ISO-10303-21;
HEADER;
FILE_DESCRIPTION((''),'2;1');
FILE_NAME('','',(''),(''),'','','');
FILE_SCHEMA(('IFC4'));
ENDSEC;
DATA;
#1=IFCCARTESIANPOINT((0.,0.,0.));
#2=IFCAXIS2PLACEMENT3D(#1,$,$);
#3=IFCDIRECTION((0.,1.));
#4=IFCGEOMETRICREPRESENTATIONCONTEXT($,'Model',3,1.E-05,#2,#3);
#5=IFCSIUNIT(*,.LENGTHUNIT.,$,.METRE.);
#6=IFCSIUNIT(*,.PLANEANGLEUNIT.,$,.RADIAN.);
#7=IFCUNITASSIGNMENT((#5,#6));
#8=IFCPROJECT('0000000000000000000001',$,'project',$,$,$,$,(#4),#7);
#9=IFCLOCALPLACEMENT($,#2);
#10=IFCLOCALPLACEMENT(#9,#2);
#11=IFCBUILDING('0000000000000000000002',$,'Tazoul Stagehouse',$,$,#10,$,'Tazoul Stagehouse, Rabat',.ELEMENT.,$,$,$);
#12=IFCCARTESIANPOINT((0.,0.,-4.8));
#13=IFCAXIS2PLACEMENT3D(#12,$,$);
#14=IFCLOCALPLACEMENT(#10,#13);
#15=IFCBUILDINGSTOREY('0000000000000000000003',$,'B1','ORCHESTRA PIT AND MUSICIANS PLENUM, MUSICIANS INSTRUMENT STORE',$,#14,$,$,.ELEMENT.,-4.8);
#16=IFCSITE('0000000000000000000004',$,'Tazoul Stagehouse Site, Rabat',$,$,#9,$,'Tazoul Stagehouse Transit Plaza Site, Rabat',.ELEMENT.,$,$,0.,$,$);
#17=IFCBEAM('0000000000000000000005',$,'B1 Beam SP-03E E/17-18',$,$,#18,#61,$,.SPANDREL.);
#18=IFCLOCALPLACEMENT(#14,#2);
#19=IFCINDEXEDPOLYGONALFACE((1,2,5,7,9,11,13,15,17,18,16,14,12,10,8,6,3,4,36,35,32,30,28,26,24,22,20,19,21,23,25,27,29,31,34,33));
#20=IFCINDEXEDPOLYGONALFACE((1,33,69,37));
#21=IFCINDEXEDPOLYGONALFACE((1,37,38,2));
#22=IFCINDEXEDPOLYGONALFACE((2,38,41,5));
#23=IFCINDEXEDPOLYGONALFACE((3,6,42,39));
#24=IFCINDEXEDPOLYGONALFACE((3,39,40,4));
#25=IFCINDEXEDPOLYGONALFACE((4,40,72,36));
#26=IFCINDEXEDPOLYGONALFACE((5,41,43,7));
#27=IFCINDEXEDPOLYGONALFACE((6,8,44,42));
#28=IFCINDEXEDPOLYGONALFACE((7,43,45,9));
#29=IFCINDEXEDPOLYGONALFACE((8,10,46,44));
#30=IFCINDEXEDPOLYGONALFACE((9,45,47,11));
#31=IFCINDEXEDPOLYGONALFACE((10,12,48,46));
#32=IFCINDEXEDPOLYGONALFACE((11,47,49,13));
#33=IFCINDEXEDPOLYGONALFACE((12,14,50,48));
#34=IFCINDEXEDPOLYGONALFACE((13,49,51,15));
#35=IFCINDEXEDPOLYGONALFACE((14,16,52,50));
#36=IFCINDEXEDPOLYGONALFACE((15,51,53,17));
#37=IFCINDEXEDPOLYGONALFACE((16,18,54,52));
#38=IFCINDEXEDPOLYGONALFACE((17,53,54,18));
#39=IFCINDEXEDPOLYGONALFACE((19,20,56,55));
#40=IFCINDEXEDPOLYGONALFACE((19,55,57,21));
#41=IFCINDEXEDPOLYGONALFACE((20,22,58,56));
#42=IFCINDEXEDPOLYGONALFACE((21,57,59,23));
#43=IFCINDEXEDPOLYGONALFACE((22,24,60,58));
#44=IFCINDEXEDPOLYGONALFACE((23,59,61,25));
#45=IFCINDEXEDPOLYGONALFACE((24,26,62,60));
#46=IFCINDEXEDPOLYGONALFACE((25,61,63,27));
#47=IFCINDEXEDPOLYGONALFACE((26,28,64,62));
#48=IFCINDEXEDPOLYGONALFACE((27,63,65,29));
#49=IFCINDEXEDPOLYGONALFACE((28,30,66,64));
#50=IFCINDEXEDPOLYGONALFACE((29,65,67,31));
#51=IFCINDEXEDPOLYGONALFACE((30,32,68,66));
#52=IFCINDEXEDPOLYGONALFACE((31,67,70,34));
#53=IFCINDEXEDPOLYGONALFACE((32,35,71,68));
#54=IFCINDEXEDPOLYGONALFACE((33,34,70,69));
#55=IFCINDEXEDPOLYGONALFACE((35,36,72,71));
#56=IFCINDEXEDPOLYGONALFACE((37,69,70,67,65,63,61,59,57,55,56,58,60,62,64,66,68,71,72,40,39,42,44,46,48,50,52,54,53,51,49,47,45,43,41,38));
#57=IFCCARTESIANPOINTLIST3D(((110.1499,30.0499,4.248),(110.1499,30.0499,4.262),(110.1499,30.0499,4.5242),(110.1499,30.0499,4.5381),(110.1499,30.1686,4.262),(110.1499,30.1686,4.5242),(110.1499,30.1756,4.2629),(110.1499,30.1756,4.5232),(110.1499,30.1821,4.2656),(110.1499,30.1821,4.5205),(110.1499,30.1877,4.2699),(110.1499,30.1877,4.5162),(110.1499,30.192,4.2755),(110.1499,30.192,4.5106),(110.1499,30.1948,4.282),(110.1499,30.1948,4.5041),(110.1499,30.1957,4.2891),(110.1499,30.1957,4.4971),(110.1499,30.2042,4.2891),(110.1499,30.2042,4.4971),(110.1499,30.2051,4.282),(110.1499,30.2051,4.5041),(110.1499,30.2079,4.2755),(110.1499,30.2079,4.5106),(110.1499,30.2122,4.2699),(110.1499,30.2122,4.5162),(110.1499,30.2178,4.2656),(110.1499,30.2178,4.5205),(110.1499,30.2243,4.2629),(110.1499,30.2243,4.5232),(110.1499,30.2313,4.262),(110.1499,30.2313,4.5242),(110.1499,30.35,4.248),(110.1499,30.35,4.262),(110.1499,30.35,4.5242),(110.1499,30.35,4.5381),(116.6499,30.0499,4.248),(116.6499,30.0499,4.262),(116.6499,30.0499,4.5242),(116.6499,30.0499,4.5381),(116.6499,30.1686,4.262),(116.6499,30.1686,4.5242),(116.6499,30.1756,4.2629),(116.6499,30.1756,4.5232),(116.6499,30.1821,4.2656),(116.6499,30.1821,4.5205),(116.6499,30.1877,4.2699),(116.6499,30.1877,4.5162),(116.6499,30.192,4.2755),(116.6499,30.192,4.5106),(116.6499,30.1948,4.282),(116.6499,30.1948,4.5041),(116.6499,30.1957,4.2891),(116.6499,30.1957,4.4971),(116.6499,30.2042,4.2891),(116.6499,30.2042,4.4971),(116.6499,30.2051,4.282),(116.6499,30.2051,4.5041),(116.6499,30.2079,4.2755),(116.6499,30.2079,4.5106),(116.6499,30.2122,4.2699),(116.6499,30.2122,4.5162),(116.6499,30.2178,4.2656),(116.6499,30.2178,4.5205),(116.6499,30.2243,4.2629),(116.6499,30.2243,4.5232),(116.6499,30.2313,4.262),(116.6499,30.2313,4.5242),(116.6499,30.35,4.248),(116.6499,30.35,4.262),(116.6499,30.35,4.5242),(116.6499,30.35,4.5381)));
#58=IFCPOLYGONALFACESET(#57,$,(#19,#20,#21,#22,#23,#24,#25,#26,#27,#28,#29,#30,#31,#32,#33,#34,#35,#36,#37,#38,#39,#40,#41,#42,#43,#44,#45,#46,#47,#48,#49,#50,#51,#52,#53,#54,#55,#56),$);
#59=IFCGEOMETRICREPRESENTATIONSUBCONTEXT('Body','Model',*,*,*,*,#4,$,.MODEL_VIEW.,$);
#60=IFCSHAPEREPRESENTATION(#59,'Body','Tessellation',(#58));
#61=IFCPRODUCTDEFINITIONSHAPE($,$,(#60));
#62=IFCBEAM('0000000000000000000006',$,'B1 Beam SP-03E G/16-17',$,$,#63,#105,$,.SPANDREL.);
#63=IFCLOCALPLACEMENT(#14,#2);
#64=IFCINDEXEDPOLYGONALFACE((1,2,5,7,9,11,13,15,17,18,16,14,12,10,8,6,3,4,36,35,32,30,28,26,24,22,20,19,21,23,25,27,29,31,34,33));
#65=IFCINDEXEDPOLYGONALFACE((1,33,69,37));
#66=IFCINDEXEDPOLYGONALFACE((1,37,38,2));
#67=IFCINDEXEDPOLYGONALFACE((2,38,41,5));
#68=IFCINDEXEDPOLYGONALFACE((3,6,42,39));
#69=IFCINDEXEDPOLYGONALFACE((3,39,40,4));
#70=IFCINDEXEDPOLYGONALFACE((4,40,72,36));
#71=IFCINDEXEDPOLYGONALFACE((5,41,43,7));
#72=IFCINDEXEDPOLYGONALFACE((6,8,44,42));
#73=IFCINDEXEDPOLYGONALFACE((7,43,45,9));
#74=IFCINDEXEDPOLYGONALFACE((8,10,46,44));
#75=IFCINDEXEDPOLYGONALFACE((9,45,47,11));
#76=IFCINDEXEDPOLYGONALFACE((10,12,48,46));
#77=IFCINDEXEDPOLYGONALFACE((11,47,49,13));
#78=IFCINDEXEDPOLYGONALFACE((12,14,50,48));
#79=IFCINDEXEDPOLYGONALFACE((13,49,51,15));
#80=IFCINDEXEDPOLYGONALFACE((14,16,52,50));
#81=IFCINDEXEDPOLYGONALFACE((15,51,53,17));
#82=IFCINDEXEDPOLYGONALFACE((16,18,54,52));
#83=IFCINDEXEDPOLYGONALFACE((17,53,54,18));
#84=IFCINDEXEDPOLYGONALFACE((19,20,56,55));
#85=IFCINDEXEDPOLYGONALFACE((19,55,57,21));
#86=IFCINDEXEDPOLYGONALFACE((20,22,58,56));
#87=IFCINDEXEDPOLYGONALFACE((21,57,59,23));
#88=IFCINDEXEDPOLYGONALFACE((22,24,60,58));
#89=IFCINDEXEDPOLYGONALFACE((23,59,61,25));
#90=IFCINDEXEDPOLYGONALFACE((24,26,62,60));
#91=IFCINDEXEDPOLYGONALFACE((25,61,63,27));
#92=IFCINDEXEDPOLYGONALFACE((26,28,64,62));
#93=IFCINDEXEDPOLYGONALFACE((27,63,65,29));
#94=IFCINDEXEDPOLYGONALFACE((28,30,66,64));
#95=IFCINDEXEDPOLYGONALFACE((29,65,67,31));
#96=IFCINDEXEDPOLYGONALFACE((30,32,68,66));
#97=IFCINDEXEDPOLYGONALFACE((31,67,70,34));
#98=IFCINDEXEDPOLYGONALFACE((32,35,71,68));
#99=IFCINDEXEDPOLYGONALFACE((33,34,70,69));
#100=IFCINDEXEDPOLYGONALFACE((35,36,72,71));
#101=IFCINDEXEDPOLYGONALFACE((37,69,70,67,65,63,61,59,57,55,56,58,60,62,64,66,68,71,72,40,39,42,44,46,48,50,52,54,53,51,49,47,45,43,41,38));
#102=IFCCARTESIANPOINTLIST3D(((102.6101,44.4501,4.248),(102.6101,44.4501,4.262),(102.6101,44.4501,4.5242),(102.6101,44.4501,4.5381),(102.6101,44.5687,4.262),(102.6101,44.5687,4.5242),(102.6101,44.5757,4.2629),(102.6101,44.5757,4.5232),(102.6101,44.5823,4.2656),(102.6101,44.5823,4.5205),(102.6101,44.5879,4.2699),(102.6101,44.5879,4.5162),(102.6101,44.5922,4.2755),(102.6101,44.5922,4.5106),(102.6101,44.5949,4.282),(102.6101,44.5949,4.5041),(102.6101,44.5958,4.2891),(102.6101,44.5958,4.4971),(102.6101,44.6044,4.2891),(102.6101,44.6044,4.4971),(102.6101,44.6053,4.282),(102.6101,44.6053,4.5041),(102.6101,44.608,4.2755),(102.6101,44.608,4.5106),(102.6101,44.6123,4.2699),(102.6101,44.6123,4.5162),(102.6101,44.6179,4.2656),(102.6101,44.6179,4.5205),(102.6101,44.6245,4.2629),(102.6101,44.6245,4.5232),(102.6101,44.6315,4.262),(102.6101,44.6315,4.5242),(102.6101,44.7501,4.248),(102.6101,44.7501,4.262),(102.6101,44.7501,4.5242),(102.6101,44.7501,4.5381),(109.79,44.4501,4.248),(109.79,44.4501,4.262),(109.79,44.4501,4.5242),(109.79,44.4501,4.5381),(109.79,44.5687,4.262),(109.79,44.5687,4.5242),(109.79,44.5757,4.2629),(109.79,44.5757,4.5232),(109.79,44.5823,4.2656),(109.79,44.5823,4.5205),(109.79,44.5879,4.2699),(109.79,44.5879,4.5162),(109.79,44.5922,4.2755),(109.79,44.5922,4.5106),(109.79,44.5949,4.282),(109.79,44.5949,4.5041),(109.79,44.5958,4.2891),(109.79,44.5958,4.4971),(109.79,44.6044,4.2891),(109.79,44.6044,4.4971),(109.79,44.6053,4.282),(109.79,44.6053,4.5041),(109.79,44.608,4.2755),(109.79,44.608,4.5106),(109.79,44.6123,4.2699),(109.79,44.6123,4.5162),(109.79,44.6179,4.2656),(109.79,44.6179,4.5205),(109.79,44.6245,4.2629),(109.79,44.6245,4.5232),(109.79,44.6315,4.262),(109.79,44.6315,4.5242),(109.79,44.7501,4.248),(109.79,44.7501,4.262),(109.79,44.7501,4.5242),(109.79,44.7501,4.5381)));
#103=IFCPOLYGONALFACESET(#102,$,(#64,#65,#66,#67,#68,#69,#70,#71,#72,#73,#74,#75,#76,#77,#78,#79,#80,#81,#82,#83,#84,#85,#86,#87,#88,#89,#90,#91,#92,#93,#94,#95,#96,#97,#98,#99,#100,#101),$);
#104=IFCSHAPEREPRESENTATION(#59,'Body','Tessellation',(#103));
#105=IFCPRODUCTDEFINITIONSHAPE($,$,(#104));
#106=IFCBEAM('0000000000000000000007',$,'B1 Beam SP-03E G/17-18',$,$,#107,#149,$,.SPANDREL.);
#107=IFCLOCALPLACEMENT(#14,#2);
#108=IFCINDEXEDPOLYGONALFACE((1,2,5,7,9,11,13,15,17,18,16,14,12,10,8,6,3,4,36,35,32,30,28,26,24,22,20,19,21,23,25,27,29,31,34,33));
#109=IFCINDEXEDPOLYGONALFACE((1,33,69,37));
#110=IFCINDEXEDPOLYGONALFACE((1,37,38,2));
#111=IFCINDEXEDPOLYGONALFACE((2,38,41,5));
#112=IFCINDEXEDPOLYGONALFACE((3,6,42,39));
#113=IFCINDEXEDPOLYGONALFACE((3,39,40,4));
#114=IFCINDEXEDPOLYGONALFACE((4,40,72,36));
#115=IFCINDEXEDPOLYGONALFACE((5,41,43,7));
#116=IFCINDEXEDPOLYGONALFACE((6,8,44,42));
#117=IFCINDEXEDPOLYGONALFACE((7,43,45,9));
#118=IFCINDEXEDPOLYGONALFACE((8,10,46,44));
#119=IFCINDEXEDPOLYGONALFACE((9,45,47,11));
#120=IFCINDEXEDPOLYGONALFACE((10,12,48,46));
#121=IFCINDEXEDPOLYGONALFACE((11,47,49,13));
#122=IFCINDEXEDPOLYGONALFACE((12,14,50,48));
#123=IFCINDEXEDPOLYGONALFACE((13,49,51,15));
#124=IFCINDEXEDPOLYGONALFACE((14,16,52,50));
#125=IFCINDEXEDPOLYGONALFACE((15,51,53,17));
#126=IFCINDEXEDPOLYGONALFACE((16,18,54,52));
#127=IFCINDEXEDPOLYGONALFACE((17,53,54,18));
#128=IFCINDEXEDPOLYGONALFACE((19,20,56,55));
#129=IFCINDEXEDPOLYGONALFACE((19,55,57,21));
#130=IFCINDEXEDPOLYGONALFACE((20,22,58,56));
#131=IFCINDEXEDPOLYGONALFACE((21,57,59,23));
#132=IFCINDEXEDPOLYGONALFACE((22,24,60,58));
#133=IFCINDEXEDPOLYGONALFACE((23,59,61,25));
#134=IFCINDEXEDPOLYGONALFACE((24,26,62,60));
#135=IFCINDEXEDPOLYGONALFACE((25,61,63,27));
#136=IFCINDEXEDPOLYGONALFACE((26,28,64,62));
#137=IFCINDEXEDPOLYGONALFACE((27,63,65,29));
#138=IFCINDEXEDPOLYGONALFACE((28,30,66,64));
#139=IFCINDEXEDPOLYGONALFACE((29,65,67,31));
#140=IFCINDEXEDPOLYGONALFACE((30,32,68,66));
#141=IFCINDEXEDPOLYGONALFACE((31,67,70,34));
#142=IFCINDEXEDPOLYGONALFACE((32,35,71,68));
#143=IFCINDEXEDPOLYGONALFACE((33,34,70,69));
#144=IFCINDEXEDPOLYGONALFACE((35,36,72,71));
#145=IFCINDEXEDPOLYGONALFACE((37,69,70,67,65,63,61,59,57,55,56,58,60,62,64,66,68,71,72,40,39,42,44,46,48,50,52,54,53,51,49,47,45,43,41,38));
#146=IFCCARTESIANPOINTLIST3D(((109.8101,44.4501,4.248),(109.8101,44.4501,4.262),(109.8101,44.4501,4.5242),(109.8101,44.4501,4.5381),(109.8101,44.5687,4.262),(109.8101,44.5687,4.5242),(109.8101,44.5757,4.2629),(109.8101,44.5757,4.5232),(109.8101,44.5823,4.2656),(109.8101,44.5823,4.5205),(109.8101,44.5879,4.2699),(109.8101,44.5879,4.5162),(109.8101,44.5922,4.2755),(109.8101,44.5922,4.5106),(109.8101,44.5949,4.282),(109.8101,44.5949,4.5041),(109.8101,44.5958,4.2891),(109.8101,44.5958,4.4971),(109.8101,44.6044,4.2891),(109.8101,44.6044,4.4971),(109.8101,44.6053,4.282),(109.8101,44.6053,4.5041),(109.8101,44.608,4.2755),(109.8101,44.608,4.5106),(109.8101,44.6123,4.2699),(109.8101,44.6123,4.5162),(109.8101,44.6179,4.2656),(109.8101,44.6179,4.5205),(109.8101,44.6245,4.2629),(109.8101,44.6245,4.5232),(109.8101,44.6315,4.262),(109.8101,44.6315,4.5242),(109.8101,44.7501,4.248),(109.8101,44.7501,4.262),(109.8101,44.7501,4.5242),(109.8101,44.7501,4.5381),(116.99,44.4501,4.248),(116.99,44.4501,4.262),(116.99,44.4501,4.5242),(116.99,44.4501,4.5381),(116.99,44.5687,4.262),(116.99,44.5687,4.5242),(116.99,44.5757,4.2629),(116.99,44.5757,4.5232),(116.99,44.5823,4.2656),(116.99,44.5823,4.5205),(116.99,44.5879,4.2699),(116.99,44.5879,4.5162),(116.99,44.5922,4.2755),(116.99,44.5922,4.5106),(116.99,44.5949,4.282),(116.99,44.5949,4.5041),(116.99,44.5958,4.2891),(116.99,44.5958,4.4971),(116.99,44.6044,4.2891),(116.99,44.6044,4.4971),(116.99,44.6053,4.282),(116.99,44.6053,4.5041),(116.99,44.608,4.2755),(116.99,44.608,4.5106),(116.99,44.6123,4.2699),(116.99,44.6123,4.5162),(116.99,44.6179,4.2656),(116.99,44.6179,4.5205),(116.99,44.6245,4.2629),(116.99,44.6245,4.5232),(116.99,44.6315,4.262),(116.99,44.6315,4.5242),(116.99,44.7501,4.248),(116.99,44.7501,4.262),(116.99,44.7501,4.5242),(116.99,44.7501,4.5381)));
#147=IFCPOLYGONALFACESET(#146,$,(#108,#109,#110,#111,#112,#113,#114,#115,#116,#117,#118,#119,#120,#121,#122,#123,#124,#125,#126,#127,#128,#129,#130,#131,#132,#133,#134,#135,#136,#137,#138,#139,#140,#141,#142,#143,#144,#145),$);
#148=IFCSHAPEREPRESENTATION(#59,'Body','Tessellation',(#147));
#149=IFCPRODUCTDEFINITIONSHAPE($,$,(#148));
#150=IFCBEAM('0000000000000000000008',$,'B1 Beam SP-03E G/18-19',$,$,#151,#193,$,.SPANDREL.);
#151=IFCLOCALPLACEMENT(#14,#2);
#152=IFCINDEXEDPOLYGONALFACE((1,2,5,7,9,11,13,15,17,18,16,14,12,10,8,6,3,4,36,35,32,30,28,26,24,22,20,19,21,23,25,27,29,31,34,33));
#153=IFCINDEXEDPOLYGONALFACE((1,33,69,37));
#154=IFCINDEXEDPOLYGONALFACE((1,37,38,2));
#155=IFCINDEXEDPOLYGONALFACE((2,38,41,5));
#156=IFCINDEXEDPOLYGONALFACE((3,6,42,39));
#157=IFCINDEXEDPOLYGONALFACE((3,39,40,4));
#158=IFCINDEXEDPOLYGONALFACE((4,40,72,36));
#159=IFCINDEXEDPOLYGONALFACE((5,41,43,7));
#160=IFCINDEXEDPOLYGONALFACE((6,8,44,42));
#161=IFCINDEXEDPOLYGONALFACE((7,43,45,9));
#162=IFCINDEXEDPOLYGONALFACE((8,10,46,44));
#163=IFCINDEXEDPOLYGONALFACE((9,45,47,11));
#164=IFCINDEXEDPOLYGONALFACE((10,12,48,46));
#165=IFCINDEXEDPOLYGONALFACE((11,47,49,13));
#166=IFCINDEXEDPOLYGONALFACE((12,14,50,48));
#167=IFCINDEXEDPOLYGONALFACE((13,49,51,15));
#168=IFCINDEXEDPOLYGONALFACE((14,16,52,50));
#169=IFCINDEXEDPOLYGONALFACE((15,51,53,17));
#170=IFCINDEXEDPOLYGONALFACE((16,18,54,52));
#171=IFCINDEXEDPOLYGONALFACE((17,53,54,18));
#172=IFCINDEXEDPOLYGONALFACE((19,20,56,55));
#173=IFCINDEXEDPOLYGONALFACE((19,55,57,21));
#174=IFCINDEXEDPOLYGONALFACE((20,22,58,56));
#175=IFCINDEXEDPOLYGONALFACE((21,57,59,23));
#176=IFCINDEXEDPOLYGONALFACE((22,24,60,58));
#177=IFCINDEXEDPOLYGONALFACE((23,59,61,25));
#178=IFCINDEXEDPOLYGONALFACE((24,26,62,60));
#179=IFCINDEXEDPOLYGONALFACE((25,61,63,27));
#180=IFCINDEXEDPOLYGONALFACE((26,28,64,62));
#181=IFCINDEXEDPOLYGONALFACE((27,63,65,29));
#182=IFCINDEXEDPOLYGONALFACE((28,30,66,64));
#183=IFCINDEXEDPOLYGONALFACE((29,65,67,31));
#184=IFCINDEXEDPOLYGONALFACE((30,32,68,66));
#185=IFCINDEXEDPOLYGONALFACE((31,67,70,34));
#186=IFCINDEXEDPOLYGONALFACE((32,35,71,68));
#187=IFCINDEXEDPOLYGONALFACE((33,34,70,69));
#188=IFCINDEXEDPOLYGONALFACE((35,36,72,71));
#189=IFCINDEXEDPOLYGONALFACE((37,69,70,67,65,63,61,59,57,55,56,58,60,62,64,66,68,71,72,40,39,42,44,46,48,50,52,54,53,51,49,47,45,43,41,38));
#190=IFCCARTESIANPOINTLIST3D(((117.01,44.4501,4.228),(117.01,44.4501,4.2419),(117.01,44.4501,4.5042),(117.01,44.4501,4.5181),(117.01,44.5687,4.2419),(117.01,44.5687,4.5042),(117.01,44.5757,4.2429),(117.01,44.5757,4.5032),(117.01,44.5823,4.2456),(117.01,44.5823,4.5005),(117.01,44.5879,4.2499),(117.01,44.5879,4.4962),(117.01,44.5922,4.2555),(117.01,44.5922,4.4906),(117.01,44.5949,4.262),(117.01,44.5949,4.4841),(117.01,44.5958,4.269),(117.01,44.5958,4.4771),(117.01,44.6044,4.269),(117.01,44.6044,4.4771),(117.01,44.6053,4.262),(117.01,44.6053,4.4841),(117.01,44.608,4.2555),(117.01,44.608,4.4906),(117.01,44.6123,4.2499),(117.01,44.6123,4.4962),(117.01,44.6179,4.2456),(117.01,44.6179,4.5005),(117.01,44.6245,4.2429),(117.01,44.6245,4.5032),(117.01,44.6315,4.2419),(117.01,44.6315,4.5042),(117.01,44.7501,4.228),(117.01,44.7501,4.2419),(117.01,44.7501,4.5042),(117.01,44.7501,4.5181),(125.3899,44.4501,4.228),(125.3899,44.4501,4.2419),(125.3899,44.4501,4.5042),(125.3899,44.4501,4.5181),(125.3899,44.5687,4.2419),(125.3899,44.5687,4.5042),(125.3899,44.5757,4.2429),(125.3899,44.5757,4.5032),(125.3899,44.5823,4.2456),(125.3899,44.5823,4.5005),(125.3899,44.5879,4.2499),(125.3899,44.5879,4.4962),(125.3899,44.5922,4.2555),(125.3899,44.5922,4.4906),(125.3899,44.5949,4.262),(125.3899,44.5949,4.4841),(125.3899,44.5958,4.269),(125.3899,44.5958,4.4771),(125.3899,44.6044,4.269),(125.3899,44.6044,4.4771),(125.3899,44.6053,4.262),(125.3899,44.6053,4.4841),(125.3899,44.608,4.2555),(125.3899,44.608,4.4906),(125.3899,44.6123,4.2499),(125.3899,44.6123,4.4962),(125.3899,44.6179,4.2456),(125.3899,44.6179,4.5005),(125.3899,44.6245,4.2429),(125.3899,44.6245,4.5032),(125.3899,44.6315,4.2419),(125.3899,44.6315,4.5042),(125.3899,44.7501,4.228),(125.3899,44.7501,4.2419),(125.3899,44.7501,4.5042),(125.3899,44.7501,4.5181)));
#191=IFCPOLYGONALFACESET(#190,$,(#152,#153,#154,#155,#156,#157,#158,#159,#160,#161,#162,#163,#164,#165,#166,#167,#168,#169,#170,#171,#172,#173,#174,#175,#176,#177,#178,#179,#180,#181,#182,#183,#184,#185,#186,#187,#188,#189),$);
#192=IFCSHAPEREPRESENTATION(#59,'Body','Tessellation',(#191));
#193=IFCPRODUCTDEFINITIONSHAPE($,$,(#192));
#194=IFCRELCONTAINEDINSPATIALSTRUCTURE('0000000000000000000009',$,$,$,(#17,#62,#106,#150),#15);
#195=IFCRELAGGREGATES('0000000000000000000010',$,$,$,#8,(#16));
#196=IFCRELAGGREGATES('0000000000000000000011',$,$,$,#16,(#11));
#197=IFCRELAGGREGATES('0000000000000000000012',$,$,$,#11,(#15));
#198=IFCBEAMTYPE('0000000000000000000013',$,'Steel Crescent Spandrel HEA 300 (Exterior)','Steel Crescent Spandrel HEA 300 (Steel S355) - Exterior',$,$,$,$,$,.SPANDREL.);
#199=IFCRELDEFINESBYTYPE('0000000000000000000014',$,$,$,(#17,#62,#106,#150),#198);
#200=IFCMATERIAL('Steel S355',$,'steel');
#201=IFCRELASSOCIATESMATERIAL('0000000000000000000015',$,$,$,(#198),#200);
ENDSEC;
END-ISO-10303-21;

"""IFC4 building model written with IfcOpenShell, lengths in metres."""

from ifc_helpers import new_model, si_unit, direction, frame, origin, origin_2d, place, context, subcontext, project, spatial, i_section, extrude, material, material_profile, profile_set, type_object, element, save


model = new_model("IFC4")

# Units and contexts
model_context = context("Model", 3, precision=1e-05, world=origin(), true_north=direction((0.0, 1.0)))
body_context = subcontext(model_context, "Body", "Model", "MODEL_VIEW")
ifc_project = project(units=[si_unit("LENGTHUNIT", "METRE"), si_unit("PLANEANGLEUNIT", "RADIAN")], contexts=[model_context])

# Site, building, storey
site_placement = place(None, origin())
site = spatial("IfcSite", under=ifc_project, at=site_placement, Name="Tazoul Stagehouse Site, Rabat", LongName="Tazoul Stagehouse Transit Plaza Site, Rabat", CompositionType="ELEMENT", RefElevation=0.0)
building_placement = place(site_placement, origin())
building = spatial("IfcBuilding", under=site, at=building_placement, Name="Tazoul Stagehouse", LongName="Tazoul Stagehouse, Rabat", CompositionType="ELEMENT")
storey_placement = place(building_placement, frame((0.0, 0.0, -4.8)))
storey = spatial("IfcBuildingStorey", under=building, at=storey_placement, Name="B1", Description="ORCHESTRA PIT AND MUSICIANS PLENUM, MUSICIANS INSTRUMENT STORE", CompositionType="ELEMENT", Elevation=-4.8)

# Shared definitions
ifc_material_1 = material(Name="Steel S355", Category="steel")

# Beams
ifc_material_profile_1 = material_profile(ifc_material_1, i_section(OverallWidth=0.3, OverallDepth=0.29, WebThickness=0.0085, FlangeThickness=0.0139, FilletRadius=0.0271, at=origin_2d()), Name="HEA 300")
ifc_profile_set_1 = profile_set([ifc_material_profile_1], Name="Steel S355")
beam_type_1 = type_object("IfcBeamType", Name="Steel Crescent Spandrel HEA 300 (Exterior)", Description="Steel Crescent Spandrel HEA 300 (Steel S355) - Exterior", PredefinedType="SPANDREL", material=ifc_profile_set_1)
beam_1_placement = place(storey_placement, frame((110.1499, 30.2, 4.3931), z_axis=(1.0, 0.0, 0.0), x_axis=(0.0, 1.0, 0.0)))
element("IfcBeam", 1, at=beam_1_placement, inside=storey, type_object=beam_type_1, Name="B1 Beam SP-03E E/17-18", PredefinedType="SPANDREL", context=body_context, shape_type="SweptSolid", body=[
    extrude(i_section(OverallWidth=0.3, OverallDepth=0.29, WebThickness=0.0085, FlangeThickness=0.0139, FilletRadius=0.0271, at=origin_2d()), origin(), (0.0, 0.0, 1.0), 6.5),
])
for number, where, z_axis, x_axis, name in (
    (2, (102.6101, 44.6001, 4.3931), (1.0, 0.0, 0.0), (0.0, 1.0, 0.0), "B1 Beam SP-03E G/16-17"),
    (3, (109.8101, 44.6001, 4.3931), (1.0, 0.0, 0.0), (0.0, 1.0, 0.0), "B1 Beam SP-03E G/17-18"),
):
    element("IfcBeam", number, at=place(storey_placement, frame(where, z_axis=z_axis, x_axis=x_axis)), inside=storey, type_object=beam_type_1, Name=name, PredefinedType="SPANDREL", context=body_context, shape_type="SweptSolid", body=[
        extrude(i_section(OverallWidth=0.3, OverallDepth=0.29, WebThickness=0.0085, FlangeThickness=0.0139, FilletRadius=0.0271, at=origin_2d()), origin(), (0.0, 0.0, 1.0), 7.1799),
    ])
beam_2_placement = place(storey_placement, frame((117.01, 44.6001, 4.373), z_axis=(1.0, 0.0, 0.0), x_axis=(0.0, 1.0, 0.0)))
element("IfcBeam", 4, at=beam_2_placement, inside=storey, type_object=beam_type_1, Name="B1 Beam SP-03E G/18-19", PredefinedType="SPANDREL", context=body_context, shape_type="SweptSolid", body=[
    extrude(i_section(OverallWidth=0.3, OverallDepth=0.29, WebThickness=0.0085, FlangeThickness=0.0139, FilletRadius=0.0271, at=origin_2d()), origin(), (0.0, 0.0, 1.0), 8.3799),
])

save(model, "model.ifc")
